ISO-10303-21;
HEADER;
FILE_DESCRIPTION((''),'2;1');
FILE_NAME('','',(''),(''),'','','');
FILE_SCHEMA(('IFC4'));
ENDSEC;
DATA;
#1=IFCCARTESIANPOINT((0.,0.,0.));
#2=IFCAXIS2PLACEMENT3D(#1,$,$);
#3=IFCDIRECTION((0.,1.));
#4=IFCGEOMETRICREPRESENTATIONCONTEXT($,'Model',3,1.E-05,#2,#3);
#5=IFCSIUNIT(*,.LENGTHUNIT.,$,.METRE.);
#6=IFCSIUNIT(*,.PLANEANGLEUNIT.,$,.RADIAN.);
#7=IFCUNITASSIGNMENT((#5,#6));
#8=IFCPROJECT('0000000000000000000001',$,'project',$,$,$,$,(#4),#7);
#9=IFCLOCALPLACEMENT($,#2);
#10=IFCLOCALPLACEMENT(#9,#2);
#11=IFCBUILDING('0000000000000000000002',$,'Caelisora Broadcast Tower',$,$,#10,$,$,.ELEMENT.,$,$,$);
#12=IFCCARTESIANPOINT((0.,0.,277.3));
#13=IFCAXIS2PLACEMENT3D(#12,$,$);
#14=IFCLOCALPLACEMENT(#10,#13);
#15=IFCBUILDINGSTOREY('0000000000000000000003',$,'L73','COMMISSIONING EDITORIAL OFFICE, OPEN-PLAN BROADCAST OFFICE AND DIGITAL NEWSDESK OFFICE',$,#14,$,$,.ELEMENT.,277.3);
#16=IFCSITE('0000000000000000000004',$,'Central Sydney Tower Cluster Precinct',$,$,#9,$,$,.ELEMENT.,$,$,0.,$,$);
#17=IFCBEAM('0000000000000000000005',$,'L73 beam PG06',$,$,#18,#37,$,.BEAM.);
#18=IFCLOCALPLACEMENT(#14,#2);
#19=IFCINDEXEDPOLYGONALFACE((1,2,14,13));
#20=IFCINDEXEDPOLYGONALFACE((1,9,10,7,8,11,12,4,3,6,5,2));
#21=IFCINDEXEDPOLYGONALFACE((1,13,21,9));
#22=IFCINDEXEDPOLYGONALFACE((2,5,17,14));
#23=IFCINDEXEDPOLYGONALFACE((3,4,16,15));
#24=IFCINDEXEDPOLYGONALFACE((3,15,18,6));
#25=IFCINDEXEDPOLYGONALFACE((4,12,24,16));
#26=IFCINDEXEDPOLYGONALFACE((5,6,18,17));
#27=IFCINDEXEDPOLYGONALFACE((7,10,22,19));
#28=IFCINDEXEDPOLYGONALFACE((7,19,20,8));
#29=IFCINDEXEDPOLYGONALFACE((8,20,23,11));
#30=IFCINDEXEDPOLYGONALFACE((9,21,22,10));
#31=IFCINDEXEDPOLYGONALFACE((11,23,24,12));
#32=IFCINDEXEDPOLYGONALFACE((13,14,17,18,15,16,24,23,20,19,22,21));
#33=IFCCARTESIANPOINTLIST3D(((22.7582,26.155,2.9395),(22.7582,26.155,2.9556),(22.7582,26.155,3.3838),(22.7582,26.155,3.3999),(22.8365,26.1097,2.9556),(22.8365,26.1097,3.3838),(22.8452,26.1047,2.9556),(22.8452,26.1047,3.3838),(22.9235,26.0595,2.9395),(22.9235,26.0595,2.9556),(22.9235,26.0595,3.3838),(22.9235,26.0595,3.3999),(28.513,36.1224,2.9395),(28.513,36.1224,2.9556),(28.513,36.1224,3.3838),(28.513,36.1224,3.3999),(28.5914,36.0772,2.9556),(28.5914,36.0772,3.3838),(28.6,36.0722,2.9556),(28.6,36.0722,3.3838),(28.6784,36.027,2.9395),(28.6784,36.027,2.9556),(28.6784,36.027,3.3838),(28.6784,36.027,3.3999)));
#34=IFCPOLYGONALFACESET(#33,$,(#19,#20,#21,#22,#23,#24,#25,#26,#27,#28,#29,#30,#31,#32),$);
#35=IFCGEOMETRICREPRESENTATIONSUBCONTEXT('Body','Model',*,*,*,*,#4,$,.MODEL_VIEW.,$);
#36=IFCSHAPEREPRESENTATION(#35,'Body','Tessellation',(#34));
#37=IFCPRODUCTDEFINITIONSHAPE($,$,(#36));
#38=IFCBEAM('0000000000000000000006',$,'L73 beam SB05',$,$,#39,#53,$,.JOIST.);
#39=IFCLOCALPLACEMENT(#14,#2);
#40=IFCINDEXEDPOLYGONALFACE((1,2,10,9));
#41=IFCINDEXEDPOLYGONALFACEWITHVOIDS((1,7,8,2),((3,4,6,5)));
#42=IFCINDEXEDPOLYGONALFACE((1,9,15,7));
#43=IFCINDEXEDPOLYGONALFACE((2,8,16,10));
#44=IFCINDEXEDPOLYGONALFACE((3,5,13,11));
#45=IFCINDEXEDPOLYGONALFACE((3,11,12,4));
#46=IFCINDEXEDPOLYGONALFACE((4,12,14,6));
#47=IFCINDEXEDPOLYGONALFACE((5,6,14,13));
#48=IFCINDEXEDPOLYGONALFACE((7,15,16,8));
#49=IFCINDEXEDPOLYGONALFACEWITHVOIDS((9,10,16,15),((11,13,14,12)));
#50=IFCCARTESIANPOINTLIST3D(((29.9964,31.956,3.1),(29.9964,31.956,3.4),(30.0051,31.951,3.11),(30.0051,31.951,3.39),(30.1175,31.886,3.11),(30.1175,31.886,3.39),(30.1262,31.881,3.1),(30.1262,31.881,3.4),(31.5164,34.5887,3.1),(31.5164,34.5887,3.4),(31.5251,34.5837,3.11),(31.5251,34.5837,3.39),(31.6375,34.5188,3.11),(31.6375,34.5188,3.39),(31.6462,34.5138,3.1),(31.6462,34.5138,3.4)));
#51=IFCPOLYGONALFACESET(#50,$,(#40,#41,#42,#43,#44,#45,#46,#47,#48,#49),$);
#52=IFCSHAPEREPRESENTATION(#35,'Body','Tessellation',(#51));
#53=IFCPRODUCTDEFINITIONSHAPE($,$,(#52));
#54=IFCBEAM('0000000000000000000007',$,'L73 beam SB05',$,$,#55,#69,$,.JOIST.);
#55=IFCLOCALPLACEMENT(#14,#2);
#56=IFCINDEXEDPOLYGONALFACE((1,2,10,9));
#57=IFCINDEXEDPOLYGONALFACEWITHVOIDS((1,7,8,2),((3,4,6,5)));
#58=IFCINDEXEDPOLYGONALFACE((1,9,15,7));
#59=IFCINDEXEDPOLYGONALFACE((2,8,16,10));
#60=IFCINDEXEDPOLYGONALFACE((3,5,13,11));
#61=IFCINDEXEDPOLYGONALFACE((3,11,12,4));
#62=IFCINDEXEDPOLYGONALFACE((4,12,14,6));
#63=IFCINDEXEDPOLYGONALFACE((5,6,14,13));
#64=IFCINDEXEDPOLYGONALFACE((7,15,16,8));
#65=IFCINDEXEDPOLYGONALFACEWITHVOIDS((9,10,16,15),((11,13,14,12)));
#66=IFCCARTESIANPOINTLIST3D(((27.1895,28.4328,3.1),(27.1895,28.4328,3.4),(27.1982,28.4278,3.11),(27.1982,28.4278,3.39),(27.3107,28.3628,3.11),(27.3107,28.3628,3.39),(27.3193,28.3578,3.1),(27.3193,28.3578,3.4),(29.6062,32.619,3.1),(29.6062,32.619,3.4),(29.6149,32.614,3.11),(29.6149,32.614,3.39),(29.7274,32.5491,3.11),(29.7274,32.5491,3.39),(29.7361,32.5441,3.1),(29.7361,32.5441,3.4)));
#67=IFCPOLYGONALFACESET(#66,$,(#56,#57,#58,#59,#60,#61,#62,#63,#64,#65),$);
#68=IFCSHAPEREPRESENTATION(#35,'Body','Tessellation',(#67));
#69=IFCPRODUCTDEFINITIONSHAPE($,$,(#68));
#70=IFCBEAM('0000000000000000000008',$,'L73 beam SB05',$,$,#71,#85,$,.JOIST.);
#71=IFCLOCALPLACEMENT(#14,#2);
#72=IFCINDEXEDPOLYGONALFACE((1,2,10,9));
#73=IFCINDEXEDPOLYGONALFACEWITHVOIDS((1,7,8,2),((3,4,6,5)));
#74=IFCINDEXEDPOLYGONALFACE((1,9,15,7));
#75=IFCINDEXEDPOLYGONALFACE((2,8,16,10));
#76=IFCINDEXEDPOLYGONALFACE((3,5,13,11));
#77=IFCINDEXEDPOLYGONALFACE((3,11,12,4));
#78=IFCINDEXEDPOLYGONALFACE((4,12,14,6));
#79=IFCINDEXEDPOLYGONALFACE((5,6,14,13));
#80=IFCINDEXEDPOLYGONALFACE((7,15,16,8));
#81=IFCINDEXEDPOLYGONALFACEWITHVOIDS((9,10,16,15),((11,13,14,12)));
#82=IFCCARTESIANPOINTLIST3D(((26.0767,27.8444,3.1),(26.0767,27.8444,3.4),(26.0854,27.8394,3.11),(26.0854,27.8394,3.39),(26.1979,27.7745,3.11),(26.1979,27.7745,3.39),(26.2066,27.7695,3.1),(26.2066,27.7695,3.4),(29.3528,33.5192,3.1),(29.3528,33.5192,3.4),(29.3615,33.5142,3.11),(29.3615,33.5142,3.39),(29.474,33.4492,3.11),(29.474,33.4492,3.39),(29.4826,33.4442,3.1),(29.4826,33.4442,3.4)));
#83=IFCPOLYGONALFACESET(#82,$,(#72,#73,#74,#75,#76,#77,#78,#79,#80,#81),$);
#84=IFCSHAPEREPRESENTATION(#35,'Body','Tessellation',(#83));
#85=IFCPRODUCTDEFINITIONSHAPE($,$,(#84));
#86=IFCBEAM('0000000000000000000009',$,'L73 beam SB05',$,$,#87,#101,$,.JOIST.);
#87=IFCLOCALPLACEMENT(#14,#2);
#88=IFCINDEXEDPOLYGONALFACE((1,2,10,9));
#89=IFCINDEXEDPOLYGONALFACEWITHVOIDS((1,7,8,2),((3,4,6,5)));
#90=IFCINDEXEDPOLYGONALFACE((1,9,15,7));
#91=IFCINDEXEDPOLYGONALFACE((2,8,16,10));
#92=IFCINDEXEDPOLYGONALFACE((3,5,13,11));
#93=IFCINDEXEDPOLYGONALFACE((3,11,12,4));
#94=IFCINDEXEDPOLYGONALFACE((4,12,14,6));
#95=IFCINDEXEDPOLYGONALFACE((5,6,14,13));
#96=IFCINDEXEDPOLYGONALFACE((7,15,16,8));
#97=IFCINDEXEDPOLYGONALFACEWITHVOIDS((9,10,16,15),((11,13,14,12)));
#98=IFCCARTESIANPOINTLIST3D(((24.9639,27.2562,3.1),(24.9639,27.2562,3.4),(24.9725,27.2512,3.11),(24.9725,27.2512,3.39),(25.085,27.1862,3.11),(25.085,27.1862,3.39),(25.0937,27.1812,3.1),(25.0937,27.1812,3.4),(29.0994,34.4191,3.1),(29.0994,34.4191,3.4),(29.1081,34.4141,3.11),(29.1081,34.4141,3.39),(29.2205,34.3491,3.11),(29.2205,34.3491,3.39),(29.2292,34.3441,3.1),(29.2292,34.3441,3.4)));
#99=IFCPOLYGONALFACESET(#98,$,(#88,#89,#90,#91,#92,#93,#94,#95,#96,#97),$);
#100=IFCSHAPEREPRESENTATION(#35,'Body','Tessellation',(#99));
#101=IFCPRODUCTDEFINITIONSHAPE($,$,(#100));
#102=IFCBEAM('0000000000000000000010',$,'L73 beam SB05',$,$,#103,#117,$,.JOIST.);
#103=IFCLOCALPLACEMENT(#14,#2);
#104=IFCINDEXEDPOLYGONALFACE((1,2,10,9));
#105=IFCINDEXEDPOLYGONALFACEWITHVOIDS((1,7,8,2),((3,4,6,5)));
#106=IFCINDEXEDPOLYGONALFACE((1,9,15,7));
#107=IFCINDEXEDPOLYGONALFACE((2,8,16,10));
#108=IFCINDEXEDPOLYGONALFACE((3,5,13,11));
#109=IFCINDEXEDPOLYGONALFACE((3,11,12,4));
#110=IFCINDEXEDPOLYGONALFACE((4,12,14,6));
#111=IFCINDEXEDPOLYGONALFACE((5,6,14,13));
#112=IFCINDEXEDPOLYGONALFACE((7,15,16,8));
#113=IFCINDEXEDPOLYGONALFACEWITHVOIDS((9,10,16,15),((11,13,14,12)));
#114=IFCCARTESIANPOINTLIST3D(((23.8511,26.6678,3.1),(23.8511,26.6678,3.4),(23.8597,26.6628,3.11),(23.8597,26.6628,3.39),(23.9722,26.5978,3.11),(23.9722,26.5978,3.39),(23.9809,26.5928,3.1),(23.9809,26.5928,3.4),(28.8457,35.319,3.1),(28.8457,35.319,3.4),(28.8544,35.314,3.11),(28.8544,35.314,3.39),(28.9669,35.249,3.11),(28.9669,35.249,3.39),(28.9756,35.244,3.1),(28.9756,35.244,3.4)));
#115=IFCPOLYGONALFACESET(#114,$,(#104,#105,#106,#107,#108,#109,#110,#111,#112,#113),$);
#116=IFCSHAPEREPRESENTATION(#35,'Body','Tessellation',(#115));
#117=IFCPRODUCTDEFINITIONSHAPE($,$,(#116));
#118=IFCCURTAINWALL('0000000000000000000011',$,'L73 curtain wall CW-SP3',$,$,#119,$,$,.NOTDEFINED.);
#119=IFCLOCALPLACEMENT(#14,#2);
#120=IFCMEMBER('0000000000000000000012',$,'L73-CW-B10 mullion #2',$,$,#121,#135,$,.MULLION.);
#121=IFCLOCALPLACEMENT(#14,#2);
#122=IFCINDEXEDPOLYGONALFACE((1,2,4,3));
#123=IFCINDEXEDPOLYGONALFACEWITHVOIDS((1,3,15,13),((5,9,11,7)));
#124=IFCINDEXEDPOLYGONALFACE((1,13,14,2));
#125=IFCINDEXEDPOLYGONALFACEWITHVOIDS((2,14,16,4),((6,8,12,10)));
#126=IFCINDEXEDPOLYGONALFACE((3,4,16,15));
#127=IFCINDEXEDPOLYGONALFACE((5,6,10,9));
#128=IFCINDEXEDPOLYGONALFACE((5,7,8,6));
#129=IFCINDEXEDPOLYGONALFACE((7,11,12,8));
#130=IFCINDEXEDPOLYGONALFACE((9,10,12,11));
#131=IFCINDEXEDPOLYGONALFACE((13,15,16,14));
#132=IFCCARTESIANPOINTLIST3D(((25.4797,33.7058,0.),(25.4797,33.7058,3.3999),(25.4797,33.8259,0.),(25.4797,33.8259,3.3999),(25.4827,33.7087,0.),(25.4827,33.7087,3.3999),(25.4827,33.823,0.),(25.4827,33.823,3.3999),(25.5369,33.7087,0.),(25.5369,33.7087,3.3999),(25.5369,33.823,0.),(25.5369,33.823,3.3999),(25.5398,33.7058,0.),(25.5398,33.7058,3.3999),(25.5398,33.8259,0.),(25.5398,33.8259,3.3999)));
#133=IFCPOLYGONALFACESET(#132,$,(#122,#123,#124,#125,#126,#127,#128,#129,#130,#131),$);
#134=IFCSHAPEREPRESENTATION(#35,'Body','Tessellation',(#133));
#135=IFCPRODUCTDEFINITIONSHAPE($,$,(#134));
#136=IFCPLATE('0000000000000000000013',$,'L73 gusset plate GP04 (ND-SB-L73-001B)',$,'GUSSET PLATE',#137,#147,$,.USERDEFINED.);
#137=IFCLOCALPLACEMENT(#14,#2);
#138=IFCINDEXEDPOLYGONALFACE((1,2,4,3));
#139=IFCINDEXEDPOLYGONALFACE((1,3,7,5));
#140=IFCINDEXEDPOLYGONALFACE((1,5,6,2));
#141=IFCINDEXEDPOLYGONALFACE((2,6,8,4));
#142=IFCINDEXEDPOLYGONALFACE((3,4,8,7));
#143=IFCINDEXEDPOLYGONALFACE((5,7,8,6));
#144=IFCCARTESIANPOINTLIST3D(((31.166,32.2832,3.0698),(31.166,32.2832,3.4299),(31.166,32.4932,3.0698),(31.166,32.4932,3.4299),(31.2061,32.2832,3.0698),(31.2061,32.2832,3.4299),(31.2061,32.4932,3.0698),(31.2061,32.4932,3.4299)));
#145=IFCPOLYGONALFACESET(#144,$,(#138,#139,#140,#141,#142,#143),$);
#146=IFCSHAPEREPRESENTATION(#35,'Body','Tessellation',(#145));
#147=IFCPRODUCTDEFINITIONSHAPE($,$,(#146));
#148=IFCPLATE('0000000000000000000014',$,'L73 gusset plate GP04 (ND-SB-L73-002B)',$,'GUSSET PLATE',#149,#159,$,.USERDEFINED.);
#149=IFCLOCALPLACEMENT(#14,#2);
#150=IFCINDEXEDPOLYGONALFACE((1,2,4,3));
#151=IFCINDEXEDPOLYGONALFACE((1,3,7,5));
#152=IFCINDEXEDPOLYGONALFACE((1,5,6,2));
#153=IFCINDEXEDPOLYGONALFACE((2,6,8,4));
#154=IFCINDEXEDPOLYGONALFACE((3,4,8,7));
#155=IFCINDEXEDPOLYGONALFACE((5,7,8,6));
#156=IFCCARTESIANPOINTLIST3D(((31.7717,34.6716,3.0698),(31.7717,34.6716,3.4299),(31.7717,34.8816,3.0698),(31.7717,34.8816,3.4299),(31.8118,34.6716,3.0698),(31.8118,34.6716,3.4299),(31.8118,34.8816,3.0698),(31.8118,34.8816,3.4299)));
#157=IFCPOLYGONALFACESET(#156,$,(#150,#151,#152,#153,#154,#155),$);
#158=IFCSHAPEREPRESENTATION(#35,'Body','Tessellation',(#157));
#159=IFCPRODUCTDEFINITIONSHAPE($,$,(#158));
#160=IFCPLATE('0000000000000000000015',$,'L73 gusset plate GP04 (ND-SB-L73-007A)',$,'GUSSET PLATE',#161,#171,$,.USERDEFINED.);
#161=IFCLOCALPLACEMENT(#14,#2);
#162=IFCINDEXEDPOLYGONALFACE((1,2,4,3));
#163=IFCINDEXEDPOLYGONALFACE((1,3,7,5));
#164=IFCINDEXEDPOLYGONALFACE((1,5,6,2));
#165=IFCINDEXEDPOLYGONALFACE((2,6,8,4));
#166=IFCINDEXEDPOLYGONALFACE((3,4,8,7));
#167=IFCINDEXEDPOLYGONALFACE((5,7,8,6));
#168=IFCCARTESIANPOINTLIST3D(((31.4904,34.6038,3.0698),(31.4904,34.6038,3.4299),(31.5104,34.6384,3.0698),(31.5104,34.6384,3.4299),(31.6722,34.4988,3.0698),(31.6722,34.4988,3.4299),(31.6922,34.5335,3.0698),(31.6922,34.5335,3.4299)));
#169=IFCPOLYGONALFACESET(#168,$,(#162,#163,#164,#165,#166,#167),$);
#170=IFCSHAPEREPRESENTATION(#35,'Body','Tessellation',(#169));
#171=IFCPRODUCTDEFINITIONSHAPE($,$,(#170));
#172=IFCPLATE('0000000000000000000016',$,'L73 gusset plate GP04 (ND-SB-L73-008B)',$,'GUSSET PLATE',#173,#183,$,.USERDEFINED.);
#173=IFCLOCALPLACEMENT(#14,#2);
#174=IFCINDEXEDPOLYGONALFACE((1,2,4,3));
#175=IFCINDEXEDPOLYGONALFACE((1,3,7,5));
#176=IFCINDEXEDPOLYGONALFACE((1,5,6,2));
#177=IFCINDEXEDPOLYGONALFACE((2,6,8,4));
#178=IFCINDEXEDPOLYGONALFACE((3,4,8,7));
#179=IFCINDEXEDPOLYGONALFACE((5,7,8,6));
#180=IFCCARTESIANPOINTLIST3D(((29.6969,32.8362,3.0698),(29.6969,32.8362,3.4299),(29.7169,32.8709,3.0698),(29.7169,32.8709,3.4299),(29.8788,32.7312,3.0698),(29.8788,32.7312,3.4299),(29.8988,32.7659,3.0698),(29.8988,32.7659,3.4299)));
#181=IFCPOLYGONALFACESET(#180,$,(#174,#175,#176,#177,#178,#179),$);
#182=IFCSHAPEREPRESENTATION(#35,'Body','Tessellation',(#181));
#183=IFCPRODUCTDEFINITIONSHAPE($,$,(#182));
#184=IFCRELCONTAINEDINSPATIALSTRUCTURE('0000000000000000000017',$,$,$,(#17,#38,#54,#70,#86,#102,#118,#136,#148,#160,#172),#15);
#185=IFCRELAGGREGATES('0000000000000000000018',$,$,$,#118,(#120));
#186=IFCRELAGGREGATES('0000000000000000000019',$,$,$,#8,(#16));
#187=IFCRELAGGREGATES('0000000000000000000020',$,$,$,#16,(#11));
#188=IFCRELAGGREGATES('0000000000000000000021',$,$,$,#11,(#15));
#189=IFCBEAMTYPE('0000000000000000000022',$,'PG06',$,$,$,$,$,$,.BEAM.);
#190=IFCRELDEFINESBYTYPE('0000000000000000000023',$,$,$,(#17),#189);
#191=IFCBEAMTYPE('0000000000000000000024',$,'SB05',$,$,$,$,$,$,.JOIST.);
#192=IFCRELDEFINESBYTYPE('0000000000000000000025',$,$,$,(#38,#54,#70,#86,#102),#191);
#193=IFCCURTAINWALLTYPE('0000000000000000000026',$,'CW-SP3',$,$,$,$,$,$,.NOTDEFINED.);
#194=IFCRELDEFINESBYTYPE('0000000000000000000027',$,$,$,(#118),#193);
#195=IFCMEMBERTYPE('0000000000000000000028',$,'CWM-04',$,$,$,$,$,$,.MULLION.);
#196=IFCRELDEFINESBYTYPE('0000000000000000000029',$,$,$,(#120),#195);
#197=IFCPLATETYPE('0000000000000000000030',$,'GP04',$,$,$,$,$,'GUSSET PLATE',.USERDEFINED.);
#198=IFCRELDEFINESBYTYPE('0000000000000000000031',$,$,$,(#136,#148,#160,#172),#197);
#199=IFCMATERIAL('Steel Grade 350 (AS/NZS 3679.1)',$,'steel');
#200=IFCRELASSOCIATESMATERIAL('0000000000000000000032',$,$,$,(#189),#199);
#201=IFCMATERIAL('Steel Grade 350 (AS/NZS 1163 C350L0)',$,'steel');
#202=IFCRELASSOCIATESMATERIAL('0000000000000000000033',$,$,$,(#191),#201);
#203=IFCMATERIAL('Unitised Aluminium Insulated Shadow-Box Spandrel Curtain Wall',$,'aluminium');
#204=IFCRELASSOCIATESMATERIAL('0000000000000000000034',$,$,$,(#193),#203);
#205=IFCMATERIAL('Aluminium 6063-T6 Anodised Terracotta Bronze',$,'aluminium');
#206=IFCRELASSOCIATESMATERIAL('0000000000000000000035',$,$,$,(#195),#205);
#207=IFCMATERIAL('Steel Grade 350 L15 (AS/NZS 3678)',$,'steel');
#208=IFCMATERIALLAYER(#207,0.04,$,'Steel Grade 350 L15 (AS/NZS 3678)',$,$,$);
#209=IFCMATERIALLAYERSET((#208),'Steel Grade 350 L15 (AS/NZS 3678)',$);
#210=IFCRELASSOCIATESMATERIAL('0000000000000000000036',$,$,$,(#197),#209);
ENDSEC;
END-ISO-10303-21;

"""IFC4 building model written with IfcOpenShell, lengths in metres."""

from ifc_helpers import new_model, si_unit, direction, frame, origin, origin_2d, place, context, subcontext, project, spatial, rectangle, hollow_rectangle, i_section, extrude, source, transform, mapped, material, layer, layer_set, material_profile, profile_set, type_object, type_shapes, element, aggregate, save


model = new_model("IFC4")

# Units and contexts
model_context = context("Model", 3, precision=1e-05, world=origin(), true_north=direction((0.0, 1.0)))
body_context = subcontext(model_context, "Body", "Model", "MODEL_VIEW")
ifc_project = project(units=[si_unit("LENGTHUNIT", "METRE"), si_unit("PLANEANGLEUNIT", "RADIAN")], contexts=[model_context])

# Site, building, storey
site_placement = place(None, origin())
site = spatial("IfcSite", under=ifc_project, at=site_placement, Name="Central Sydney Tower Cluster Precinct", CompositionType="ELEMENT", RefElevation=0.0)
building_placement = place(site_placement, origin())
building = spatial("IfcBuilding", under=site, at=building_placement, Name="Caelisora Broadcast Tower", CompositionType="ELEMENT")
storey_placement = place(building_placement, frame((0.0, 0.0, 277.3)))
storey = spatial("IfcBuildingStorey", under=building, at=storey_placement, Name="L73", Description="COMMISSIONING EDITORIAL OFFICE, OPEN-PLAN BROADCAST OFFICE AND DIGITAL NEWSDESK OFFICE", CompositionType="ELEMENT", Elevation=277.3)

# Beams
ifc_material_1 = material(Name="Steel Grade 350 (AS/NZS 3679.1)", Category="steel")
ifc_material_profile_1 = material_profile(ifc_material_1, i_section(OverallWidth=0.1909, OverallDepth=0.4604, WebThickness=0.01, FlangeThickness=0.0161, at=origin_2d()), Name="Steel Grade 350 (AS/NZS 3679.1)")
ifc_profile_set_1 = profile_set([ifc_material_profile_1], Name="Steel Grade 350 (AS/NZS 3679.1)")
beam_type_1 = type_object("IfcBeamType", Name="PG06", PredefinedType="BEAM", material=ifc_profile_set_1)
shared_shape_1 = source(origin(), body_context, "Body", "SweptSolid", [
    extrude(i_section(OverallWidth=0.1909, OverallDepth=0.4604, WebThickness=0.01, FlangeThickness=0.0161, at=origin_2d()), origin(), (0.0, 0.0, 1.0), 11.5095),
])
type_shapes(beam_type_1, [shared_shape_1])
beam_1_placement = place(storey_placement, frame((28.5957, 36.0747, 3.1697), z_axis=(-0.500008, -0.866021, 0.0), x_axis=(0.866021, -0.500008, 0.0)))
element("IfcBeam", 1, at=beam_1_placement, inside=storey, type_object=beam_type_1, Name="L73 beam PG06", PredefinedType="BEAM", context=body_context, shape_type="MappedRepresentation", body=[
    mapped(shared_shape_1, transform((0.0, 0.0, 0.0), scale=1.0)),
])
ifc_material_2 = material(Name="Steel Grade 350 (AS/NZS 1163 C350L0)", Category="steel")
ifc_material_profile_2 = material_profile(ifc_material_2, hollow_rectangle(XDim=0.1499, YDim=0.3, WallThickness=0.01, at=origin_2d()), Name="Steel Grade 350 (AS/NZS 1163 C350L0)")
ifc_profile_set_2 = profile_set([ifc_material_profile_2], Name="Steel Grade 350 (AS/NZS 1163 C350L0)")
beam_type_2 = type_object("IfcBeamType", Name="SB05", PredefinedType="JOIST", material=ifc_profile_set_2)
shared_shape_2 = source(origin(), body_context, "Body", "SweptSolid", [
    extrude(hollow_rectangle(XDim=0.1499, YDim=0.3, WallThickness=0.01, at=origin_2d()), origin(), (0.0, 0.0, 1.0), 3.04),
])
beam_2_placement = place(storey_placement, frame((31.5813, 34.5513, 3.25), z_axis=(-0.499991, -0.86603, 0.0), x_axis=(0.86603, -0.499991, 0.0)))
element("IfcBeam", 2, at=beam_2_placement, inside=storey, type_object=beam_type_2, Name="L73 beam SB05", PredefinedType="JOIST", context=body_context, shape_type="MappedRepresentation", body=[
    mapped(shared_shape_2, transform((0.0, 0.0, 0.0), scale=1.0)),
])
shared_shape_3 = source(origin(), body_context, "Body", "SweptSolid", [
    extrude(hollow_rectangle(XDim=0.1499, YDim=0.3, WallThickness=0.01, at=origin_2d()), origin(), (0.0, 0.0, 1.0), 4.8337),
])
beam_3_placement = place(storey_placement, frame((29.6711, 32.5815, 3.25), z_axis=(-0.499969, -0.866043, 0.0), x_axis=(0.866043, -0.499969, 0.0)))
element("IfcBeam", 3, at=beam_3_placement, inside=storey, type_object=beam_type_2, Name="L73 beam SB05", PredefinedType="JOIST", context=body_context, shape_type="MappedRepresentation", body=[
    mapped(shared_shape_3, transform((0.0, 0.0, 0.0), scale=1.0)),
])
shared_shape_4 = source(origin(), body_context, "Body", "SweptSolid", [
    extrude(hollow_rectangle(XDim=0.1499, YDim=0.3, WallThickness=0.01, at=origin_2d()), origin(), (0.0, 0.0, 1.0), 6.5525),
])
beam_4_placement = place(storey_placement, frame((29.4177, 33.4817, 3.25), z_axis=(-0.499974, -0.86604, 0.0), x_axis=(0.86604, -0.499974, 0.0)))
element("IfcBeam", 4, at=beam_4_placement, inside=storey, type_object=beam_type_2, Name="L73 beam SB05", PredefinedType="JOIST", context=body_context, shape_type="MappedRepresentation", body=[
    mapped(shared_shape_4, transform((0.0, 0.0, 0.0), scale=1.0)),
])
shared_shape_5 = source(origin(), body_context, "Body", "SweptSolid", [
    extrude(hollow_rectangle(XDim=0.1499, YDim=0.3, WallThickness=0.01, at=origin_2d()), origin(), (0.0, 0.0, 1.0), 8.271),
])
beam_5_placement = place(storey_placement, frame((29.1643, 34.3816, 3.25), z_axis=(-0.500003, -0.866024, 0.0), x_axis=(0.866024, -0.500003, 0.0)))
element("IfcBeam", 5, at=beam_5_placement, inside=storey, type_object=beam_type_2, Name="L73 beam SB05", PredefinedType="JOIST", context=body_context, shape_type="MappedRepresentation", body=[
    mapped(shared_shape_5, transform((0.0, 0.0, 0.0), scale=1.0)),
])
shared_shape_6 = source(origin(), body_context, "Body", "SweptSolid", [
    extrude(hollow_rectangle(XDim=0.1499, YDim=0.3, WallThickness=0.01, at=origin_2d()), origin(), (0.0, 0.0, 1.0), 9.9895),
])
type_shapes(beam_type_2, [shared_shape_2, shared_shape_3, shared_shape_4, shared_shape_5, shared_shape_6])
beam_6_placement = place(storey_placement, frame((28.9106, 35.2815, 3.25), z_axis=(-0.499993, -0.86603, 0.0), x_axis=(0.86603, -0.499993, 0.0)))
element("IfcBeam", 6, at=beam_6_placement, inside=storey, type_object=beam_type_2, Name="L73 beam SB05", PredefinedType="JOIST", context=body_context, shape_type="MappedRepresentation", body=[
    mapped(shared_shape_6, transform((0.0, 0.0, 0.0), scale=1.0)),
])

# Curtain wall, member
ifc_material_3 = material(Name="Unitised Aluminium Insulated Shadow-Box Spandrel Curtain Wall", Category="aluminium")
curtain_wall_type = type_object("IfcCurtainWallType", Name="CW-SP3", PredefinedType="NOTDEFINED", material=ifc_material_3)
curtain_wall_placement = place(storey_placement, origin())
curtain_wall = element("IfcCurtainWall", 7, at=curtain_wall_placement, inside=storey, type_object=curtain_wall_type, Name="L73 curtain wall CW-SP3", PredefinedType="NOTDEFINED")
ifc_material_4 = material(Name="Aluminium 6063-T6 Anodised Terracotta Bronze", Category="aluminium")
ifc_material_profile_3 = material_profile(ifc_material_4, hollow_rectangle(XDim=0.0601, YDim=0.1201, WallThickness=0.0029, at=origin_2d()), Name="Aluminium 6063-T6 Anodised Terracotta Bronze")
ifc_profile_set_3 = profile_set([ifc_material_profile_3], Name="Aluminium 6063-T6 Anodised Terracotta Bronze")
member_type = type_object("IfcMemberType", Name="CWM-04", PredefinedType="MULLION", material=ifc_profile_set_3)
shared_shape_7 = source(origin(), body_context, "Body", "SweptSolid", [
    extrude(hollow_rectangle(XDim=0.0601, YDim=0.1201, WallThickness=0.0029, at=origin_2d()), origin(), (0.0, 0.0, 1.0), 3.3999),
])
type_shapes(member_type, [shared_shape_7])
member_placement = place(storey_placement, frame((25.5098, 33.7659, 0.0), z_axis=(0.0, 0.0, 1.0), x_axis=(1.0, 0.0, 0.0)))
member = element("IfcMember", 8, at=member_placement, type_object=member_type, Name="L73-CW-B10 mullion #2", PredefinedType="MULLION", context=body_context, shape_type="MappedRepresentation", body=[
    mapped(shared_shape_7, transform((0.0, 0.0, 0.0), scale=1.0)),
])

# Plates
ifc_material_5 = material(Name="Steel Grade 350 L15 (AS/NZS 3678)", Category="steel")
ifc_layer_1 = layer(ifc_material_5, 0.04, Name="Steel Grade 350 L15 (AS/NZS 3678)")
ifc_layer_set_1 = layer_set([ifc_layer_1], Name="Steel Grade 350 L15 (AS/NZS 3678)")
plate_type_1 = type_object("IfcPlateType", Name="GP04", ElementType="GUSSET PLATE", PredefinedType="USERDEFINED", material=ifc_layer_set_1)
shared_shape_8 = source(origin(), body_context, "Body", "SweptSolid", [
    extrude(rectangle(XDim=0.21, YDim=0.04, at=origin_2d()), origin(), (0.0, 0.0, 1.0), 0.3601),
])
type_shapes(plate_type_1, [shared_shape_8])
for number, where, z_axis, x_axis, name in (
    (9, (31.186, 32.3882, 3.0698), (0.0, 0.0, 1.0), (0.0, -1.0, 0.0), "L73 gusset plate GP04 (ND-SB-L73-001B)"),
    (10, (31.7917, 34.7766, 3.0698), (0.0, 0.0, 1.0), (0.0, -1.0, 0.0), "L73 gusset plate GP04 (ND-SB-L73-002B)"),
    (11, (31.5913, 34.5686, 3.0698), (0.0, 0.0, 1.0), (0.866025, -0.5, 0.0), "L73 gusset plate GP04 (ND-SB-L73-007A)"),
    (12, (29.7979, 32.801, 3.0698), (0.0, 0.0, 1.0), (0.866025, -0.5, 0.0), "L73 gusset plate GP04 (ND-SB-L73-008B)"),
):
    element("IfcPlate", number, at=place(storey_placement, frame(where, z_axis=z_axis, x_axis=x_axis)), inside=storey, type_object=plate_type_1, Name=name, ObjectType="GUSSET PLATE", PredefinedType="USERDEFINED", context=body_context, shape_type="MappedRepresentation", body=[
        mapped(shared_shape_8, transform((0.0, 0.0, 0.0), scale=1.0)),
    ])

aggregate(curtain_wall, [member])

save(model, "model.ifc")
